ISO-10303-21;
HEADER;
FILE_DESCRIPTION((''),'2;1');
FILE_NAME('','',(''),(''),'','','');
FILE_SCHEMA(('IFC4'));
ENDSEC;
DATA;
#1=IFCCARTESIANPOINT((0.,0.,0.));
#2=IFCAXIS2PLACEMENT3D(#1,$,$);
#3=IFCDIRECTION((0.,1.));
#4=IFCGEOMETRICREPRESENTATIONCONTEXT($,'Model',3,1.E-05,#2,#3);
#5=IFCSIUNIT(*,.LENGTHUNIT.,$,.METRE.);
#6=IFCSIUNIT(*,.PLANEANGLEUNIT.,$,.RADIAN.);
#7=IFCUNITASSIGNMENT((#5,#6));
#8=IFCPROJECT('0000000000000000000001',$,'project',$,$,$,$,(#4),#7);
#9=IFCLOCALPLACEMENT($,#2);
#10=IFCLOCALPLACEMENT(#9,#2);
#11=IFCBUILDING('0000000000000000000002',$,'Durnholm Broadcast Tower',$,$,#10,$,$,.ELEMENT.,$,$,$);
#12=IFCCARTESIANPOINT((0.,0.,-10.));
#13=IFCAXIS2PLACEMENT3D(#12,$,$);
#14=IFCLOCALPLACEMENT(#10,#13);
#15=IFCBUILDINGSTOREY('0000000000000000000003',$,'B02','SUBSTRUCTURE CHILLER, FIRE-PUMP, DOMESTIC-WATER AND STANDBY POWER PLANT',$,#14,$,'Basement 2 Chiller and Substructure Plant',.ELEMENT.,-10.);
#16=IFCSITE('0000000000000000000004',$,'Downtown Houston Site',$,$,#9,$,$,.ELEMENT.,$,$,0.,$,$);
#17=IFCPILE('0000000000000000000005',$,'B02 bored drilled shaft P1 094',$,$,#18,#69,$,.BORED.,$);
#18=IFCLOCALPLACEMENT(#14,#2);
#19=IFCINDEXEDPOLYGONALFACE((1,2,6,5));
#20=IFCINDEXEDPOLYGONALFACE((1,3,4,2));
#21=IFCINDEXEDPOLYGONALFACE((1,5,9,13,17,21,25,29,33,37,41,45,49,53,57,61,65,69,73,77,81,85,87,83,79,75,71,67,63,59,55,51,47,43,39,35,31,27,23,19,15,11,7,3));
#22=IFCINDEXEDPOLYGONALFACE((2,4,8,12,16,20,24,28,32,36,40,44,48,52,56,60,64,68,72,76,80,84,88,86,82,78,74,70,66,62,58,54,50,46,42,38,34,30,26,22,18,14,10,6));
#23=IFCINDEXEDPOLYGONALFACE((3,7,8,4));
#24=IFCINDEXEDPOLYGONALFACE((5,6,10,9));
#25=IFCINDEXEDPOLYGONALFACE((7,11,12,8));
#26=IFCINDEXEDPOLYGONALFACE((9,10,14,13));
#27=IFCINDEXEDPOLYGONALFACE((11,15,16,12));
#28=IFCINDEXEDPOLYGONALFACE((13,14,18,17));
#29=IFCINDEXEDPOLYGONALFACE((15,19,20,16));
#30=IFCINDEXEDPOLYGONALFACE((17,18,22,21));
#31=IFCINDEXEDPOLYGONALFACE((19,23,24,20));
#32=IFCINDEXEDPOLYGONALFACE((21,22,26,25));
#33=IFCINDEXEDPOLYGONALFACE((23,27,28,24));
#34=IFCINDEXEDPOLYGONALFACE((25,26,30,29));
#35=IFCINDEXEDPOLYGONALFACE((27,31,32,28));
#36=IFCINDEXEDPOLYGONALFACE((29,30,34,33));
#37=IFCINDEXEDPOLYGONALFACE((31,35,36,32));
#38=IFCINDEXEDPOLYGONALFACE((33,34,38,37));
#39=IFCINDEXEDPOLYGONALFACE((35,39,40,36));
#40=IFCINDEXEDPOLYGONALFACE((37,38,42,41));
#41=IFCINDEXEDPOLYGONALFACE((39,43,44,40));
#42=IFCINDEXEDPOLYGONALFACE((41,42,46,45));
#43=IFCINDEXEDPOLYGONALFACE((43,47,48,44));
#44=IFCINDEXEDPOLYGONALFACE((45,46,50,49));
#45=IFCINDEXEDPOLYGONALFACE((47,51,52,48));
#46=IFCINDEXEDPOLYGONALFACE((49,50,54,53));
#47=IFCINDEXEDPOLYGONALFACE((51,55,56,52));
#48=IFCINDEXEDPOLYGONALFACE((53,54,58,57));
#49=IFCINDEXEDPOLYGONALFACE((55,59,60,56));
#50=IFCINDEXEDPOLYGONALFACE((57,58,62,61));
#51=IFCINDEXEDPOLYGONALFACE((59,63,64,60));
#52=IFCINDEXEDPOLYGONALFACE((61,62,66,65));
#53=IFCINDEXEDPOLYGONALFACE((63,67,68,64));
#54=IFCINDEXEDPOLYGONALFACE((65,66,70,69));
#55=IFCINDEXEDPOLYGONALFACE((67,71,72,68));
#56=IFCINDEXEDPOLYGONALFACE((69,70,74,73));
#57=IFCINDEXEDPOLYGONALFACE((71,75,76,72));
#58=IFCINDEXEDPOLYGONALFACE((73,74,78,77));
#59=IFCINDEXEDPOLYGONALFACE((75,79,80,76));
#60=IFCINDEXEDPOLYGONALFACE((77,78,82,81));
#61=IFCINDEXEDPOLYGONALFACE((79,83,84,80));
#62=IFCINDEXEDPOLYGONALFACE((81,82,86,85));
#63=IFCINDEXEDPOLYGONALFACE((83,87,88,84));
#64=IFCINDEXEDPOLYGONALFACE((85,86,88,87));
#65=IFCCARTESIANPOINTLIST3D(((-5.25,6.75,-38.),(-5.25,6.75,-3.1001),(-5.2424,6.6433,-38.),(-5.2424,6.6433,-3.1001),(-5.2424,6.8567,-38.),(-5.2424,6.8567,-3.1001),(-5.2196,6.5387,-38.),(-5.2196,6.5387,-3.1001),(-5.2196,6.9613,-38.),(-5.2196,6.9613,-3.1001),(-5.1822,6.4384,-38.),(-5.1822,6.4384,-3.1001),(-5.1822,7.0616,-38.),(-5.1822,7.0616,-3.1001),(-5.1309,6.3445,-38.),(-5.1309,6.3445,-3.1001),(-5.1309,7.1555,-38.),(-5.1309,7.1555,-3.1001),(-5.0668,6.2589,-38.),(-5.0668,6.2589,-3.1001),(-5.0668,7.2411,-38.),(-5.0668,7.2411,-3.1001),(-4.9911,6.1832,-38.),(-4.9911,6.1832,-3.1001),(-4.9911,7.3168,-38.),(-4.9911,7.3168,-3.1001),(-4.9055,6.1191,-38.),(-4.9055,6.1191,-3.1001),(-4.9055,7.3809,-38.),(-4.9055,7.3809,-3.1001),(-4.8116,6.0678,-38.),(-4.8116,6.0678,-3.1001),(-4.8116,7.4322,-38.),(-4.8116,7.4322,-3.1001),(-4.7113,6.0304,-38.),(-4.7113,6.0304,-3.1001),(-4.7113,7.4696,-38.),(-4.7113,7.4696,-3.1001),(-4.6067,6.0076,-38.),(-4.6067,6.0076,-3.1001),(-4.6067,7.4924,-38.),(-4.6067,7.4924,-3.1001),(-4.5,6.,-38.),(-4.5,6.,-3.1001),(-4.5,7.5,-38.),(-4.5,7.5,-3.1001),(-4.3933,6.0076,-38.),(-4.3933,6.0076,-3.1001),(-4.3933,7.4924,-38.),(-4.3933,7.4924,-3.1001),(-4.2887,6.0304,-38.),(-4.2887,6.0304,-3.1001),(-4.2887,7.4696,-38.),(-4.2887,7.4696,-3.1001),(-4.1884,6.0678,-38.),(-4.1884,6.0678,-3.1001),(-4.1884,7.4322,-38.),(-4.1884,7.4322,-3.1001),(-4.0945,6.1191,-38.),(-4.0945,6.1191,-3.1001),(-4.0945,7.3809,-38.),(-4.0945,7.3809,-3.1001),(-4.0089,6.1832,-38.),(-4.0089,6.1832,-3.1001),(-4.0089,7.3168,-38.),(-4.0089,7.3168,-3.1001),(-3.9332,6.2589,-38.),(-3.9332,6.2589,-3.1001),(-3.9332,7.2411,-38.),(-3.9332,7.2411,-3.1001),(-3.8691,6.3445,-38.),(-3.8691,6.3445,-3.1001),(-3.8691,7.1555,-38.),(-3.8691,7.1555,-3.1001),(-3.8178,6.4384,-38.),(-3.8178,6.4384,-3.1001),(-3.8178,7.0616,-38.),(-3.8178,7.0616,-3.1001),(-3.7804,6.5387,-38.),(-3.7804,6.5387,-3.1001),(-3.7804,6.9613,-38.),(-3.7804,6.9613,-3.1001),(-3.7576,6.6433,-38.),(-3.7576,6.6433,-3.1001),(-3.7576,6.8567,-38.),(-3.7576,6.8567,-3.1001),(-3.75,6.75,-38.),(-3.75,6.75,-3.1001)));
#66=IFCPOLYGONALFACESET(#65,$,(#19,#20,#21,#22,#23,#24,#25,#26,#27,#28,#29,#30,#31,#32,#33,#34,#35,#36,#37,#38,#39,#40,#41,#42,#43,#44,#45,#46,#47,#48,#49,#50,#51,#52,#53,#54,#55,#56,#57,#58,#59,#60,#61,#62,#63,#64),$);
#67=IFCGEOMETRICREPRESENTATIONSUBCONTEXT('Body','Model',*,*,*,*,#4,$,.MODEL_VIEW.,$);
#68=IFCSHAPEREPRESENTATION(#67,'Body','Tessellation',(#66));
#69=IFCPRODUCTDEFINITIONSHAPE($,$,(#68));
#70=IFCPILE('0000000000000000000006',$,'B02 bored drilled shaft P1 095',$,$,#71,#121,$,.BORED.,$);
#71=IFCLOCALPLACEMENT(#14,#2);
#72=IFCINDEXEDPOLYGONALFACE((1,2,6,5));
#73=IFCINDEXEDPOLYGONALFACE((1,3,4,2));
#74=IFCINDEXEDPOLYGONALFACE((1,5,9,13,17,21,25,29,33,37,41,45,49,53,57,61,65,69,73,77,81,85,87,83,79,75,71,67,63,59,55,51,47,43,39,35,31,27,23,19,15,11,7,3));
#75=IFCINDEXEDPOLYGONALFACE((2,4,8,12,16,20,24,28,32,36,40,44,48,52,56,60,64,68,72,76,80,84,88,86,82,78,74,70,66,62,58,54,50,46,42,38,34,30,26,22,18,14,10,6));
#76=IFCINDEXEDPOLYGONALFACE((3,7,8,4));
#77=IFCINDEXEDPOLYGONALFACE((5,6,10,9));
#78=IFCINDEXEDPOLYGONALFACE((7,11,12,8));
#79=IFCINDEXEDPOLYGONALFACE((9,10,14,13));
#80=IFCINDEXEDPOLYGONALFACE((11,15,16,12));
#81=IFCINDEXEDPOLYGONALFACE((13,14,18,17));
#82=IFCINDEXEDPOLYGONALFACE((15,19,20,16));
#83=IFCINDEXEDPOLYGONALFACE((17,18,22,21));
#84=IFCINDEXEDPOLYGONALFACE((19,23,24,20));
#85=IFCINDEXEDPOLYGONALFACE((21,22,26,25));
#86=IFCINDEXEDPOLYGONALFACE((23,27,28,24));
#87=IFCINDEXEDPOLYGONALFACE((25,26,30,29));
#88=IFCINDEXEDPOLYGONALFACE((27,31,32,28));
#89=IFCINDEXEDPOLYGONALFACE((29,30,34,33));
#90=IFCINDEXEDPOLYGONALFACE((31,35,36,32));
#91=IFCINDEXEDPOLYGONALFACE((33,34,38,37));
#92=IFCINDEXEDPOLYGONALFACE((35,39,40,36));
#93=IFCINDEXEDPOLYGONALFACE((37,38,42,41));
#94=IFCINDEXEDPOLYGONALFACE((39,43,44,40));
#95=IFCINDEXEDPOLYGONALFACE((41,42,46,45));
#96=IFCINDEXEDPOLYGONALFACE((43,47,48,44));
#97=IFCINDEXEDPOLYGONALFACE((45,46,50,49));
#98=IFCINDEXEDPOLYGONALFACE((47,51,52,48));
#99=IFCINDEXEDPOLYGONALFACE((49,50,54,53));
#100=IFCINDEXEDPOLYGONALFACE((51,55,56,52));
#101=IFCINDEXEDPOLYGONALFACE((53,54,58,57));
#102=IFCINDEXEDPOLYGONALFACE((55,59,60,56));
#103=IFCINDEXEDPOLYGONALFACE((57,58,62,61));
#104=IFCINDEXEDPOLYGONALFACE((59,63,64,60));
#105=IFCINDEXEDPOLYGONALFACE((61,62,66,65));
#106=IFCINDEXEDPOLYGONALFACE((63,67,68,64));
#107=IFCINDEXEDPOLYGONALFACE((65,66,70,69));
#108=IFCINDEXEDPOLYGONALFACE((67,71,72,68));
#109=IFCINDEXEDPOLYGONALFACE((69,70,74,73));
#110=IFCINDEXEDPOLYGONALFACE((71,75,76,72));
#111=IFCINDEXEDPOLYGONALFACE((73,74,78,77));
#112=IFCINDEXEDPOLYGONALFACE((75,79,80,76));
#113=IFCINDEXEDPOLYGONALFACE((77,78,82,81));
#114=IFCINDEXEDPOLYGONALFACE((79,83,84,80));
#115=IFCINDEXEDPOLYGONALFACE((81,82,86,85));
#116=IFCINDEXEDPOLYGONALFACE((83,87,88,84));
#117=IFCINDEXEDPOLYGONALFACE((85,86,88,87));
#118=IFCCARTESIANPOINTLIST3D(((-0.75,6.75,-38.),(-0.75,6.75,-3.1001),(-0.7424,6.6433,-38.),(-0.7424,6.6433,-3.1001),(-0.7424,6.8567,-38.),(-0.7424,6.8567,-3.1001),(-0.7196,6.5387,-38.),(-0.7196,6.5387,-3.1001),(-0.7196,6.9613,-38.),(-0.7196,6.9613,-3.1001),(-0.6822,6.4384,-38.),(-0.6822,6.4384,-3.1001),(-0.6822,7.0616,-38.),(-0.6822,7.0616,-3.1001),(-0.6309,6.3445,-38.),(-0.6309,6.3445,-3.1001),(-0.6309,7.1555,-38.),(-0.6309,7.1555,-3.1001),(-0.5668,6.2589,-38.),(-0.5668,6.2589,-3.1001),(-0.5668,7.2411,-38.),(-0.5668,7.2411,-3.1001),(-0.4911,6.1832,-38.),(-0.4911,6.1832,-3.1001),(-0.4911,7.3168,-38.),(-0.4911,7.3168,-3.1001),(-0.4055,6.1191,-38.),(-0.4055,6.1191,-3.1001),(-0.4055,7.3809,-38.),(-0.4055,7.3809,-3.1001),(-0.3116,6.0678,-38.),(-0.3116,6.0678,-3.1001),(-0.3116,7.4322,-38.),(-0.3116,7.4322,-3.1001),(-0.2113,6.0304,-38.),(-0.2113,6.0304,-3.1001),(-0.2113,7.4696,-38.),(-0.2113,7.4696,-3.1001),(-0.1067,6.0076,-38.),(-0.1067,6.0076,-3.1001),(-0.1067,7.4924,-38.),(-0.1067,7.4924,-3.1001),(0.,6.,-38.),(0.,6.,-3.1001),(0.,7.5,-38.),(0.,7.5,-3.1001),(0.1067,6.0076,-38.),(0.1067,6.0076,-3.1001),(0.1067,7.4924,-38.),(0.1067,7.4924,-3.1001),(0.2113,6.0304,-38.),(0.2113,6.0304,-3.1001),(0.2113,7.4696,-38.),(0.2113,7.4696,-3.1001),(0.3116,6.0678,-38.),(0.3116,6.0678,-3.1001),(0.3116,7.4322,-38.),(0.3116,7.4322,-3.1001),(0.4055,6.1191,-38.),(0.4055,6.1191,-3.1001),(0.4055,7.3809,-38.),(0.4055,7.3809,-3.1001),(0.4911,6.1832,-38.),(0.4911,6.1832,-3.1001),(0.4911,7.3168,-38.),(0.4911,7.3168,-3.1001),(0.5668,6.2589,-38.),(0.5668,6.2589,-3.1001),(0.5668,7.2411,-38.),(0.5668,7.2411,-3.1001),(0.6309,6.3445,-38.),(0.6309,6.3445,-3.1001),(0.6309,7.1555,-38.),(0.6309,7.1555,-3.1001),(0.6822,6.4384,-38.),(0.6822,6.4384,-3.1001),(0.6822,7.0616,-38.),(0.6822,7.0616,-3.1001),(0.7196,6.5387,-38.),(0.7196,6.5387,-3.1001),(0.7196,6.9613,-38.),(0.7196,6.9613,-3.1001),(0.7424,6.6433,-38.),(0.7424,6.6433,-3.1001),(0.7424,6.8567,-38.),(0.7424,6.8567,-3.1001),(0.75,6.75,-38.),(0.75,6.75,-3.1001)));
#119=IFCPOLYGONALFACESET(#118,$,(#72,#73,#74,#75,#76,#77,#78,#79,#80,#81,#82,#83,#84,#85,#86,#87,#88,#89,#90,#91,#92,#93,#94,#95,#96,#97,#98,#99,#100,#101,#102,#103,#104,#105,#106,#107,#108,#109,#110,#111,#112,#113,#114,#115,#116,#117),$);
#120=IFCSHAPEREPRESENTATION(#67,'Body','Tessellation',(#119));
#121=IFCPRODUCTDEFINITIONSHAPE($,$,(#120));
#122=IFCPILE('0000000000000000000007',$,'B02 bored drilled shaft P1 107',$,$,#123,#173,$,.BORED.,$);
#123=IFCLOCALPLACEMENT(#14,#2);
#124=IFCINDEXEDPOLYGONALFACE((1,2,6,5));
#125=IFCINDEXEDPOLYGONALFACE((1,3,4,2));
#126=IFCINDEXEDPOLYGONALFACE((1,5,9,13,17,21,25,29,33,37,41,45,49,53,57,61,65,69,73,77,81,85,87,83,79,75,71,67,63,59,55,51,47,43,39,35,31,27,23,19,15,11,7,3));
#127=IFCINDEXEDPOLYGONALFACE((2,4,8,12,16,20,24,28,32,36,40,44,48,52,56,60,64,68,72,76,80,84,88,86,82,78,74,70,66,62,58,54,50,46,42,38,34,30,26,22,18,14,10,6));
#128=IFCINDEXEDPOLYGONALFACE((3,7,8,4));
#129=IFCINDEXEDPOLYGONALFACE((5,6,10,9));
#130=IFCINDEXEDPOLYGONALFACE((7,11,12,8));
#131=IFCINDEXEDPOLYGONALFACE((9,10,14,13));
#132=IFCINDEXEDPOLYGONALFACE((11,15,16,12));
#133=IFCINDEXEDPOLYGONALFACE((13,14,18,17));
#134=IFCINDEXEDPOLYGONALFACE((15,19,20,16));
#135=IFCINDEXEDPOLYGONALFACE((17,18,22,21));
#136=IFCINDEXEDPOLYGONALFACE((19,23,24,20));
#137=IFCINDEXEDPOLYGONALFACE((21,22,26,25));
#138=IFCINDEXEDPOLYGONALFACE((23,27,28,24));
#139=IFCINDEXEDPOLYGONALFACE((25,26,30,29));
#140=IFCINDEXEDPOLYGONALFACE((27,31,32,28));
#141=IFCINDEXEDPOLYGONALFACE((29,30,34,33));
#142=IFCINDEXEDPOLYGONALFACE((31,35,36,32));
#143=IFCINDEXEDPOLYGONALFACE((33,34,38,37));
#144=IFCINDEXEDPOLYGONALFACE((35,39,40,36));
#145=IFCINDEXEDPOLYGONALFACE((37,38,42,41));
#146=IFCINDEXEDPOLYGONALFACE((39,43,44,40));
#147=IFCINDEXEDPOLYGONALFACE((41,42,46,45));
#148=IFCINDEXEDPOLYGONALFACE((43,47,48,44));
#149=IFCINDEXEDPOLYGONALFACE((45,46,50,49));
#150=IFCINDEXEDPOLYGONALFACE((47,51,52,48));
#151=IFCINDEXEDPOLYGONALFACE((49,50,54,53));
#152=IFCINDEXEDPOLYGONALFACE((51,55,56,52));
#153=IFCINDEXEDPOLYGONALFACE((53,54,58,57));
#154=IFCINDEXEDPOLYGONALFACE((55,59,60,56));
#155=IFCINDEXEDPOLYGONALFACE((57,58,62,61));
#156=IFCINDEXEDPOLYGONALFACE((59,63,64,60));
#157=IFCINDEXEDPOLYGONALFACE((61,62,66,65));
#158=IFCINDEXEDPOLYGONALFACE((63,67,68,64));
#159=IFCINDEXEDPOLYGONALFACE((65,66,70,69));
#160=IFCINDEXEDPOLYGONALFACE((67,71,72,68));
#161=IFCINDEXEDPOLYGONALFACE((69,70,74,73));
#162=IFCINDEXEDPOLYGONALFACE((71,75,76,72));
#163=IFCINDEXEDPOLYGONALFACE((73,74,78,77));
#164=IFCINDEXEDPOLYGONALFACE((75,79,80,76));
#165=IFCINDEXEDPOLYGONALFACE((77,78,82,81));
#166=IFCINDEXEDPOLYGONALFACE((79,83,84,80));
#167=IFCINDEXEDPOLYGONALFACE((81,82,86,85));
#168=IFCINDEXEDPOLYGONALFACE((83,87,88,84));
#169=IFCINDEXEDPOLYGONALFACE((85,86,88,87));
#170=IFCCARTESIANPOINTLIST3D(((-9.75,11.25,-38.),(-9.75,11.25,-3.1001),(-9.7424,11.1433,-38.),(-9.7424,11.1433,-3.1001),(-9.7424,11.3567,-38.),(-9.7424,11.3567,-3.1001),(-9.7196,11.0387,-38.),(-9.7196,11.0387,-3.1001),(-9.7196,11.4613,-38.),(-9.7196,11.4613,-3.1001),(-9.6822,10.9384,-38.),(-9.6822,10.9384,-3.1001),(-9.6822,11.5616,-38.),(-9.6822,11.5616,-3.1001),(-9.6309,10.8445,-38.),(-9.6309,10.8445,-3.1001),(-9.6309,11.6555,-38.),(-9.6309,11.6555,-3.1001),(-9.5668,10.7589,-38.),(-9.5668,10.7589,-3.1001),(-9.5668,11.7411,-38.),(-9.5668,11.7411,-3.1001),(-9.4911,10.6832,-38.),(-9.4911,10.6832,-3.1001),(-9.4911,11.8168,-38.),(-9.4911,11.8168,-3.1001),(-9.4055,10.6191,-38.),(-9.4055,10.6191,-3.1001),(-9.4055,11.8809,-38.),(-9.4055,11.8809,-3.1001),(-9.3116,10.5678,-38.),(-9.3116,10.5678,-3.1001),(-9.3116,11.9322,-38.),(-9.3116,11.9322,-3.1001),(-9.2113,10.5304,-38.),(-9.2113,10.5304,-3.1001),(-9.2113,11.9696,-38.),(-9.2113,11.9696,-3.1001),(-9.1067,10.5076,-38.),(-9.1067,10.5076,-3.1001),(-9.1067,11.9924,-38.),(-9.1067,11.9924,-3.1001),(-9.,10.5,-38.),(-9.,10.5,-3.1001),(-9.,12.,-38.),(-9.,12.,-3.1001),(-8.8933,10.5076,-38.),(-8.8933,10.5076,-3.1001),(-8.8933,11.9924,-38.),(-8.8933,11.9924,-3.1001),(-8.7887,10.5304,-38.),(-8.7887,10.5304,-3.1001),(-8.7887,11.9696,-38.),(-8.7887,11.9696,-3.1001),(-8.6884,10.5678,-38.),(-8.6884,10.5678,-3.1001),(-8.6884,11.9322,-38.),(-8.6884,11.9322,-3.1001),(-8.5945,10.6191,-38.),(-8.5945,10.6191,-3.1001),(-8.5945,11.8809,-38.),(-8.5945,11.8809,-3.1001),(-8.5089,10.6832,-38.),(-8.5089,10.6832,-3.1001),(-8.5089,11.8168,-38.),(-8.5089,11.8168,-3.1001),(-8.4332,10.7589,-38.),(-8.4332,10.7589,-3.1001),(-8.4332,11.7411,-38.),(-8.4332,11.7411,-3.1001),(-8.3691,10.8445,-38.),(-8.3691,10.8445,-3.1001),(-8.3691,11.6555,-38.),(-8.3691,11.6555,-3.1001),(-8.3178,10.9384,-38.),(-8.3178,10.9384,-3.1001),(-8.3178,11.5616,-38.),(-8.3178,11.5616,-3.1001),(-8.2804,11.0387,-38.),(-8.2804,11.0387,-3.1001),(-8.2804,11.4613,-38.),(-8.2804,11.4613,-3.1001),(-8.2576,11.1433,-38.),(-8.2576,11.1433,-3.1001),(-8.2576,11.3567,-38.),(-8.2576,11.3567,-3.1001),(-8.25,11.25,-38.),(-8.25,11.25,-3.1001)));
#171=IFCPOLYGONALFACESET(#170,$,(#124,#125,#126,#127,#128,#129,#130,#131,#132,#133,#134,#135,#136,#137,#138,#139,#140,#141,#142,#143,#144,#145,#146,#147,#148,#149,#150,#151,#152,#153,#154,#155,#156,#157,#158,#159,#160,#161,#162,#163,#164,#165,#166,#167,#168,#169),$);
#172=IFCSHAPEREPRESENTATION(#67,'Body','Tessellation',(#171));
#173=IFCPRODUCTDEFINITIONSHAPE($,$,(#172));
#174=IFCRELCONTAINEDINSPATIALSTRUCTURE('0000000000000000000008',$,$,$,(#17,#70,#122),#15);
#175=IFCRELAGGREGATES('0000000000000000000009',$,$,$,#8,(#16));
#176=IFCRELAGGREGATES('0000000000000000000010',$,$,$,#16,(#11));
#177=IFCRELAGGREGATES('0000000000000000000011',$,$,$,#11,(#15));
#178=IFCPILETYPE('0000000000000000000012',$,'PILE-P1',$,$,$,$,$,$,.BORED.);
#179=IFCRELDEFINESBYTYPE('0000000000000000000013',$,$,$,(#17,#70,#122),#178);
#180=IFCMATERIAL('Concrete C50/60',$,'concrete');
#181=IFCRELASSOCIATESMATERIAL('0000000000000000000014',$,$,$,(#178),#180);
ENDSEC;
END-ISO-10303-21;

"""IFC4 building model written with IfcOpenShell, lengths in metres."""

from ifc_helpers import new_model, si_unit, direction, frame, origin, origin_2d, place, context, subcontext, project, spatial, circle, extrude, source, transform, mapped, material, material_profile, profile_set, type_object, type_shapes, element, save


model = new_model("IFC4")

# Units and contexts
model_context = context("Model", 3, precision=1e-05, world=origin(), true_north=direction((0.0, 1.0)))
body_context = subcontext(model_context, "Body", "Model", "MODEL_VIEW")
ifc_project = project(units=[si_unit("LENGTHUNIT", "METRE"), si_unit("PLANEANGLEUNIT", "RADIAN")], contexts=[model_context])

# Site, building, storey
site_placement = place(None, origin())
site = spatial("IfcSite", under=ifc_project, at=site_placement, Name="Downtown Houston Site", CompositionType="ELEMENT", RefElevation=0.0)
building_placement = place(site_placement, origin())
building = spatial("IfcBuilding", under=site, at=building_placement, Name="Durnholm Broadcast Tower", CompositionType="ELEMENT")
storey_placement = place(building_placement, frame((0.0, 0.0, -10.0)))
storey = spatial("IfcBuildingStorey", under=building, at=storey_placement, Name="B02", Description="SUBSTRUCTURE CHILLER, FIRE-PUMP, DOMESTIC-WATER AND STANDBY POWER PLANT", LongName="Basement 2 Chiller and Substructure Plant", CompositionType="ELEMENT", Elevation=-10.0)

# Piles
ifc_material_1 = material(Name="Concrete C50/60", Category="concrete")
ifc_material_profile_1 = material_profile(ifc_material_1, circle(Radius=0.75, at=origin_2d()), Name="PILE1500")
ifc_profile_set_1 = profile_set([ifc_material_profile_1], Name="Concrete C50/60")
pile_type_1 = type_object("IfcPileType", Name="PILE-P1", PredefinedType="BORED", material=ifc_profile_set_1)
shared_shape_1 = source(origin(), body_context, "Body", "SweptSolid", [
    extrude(circle(Radius=0.75, at=origin_2d()), origin(), (0.0, 0.0, 1.0), 34.8999),
])
type_shapes(pile_type_1, [shared_shape_1])
for number, where, z_axis, x_axis, name in (
    (1, (-4.5, 6.75, -3.1001), (0.0, 0.0, -1.0), (1.0, 0.0, 0.0), "B02 bored drilled shaft P1 094"),
    (2, (0.0, 6.75, -3.1001), (0.0, 0.0, -1.0), (1.0, 0.0, 0.0), "B02 bored drilled shaft P1 095"),
    (3, (-9.0, 11.25, -3.1001), (0.0, 0.0, -1.0), (1.0, 0.0, 0.0), "B02 bored drilled shaft P1 107"),
):
    element("IfcPile", number, at=place(storey_placement, frame(where, z_axis=z_axis, x_axis=x_axis)), inside=storey, type_object=pile_type_1, Name=name, PredefinedType="BORED", context=body_context, shape_type="MappedRepresentation", body=[
        mapped(shared_shape_1, transform((0.0, 0.0, 0.0), x_axis=(1.0, 0.0, 0.0), y_axis=(0.0, 1.0, 0.0), z_axis=(0.0, 0.0, 1.0), scale=1.0)),
    ])

save(model, "model.ifc")
